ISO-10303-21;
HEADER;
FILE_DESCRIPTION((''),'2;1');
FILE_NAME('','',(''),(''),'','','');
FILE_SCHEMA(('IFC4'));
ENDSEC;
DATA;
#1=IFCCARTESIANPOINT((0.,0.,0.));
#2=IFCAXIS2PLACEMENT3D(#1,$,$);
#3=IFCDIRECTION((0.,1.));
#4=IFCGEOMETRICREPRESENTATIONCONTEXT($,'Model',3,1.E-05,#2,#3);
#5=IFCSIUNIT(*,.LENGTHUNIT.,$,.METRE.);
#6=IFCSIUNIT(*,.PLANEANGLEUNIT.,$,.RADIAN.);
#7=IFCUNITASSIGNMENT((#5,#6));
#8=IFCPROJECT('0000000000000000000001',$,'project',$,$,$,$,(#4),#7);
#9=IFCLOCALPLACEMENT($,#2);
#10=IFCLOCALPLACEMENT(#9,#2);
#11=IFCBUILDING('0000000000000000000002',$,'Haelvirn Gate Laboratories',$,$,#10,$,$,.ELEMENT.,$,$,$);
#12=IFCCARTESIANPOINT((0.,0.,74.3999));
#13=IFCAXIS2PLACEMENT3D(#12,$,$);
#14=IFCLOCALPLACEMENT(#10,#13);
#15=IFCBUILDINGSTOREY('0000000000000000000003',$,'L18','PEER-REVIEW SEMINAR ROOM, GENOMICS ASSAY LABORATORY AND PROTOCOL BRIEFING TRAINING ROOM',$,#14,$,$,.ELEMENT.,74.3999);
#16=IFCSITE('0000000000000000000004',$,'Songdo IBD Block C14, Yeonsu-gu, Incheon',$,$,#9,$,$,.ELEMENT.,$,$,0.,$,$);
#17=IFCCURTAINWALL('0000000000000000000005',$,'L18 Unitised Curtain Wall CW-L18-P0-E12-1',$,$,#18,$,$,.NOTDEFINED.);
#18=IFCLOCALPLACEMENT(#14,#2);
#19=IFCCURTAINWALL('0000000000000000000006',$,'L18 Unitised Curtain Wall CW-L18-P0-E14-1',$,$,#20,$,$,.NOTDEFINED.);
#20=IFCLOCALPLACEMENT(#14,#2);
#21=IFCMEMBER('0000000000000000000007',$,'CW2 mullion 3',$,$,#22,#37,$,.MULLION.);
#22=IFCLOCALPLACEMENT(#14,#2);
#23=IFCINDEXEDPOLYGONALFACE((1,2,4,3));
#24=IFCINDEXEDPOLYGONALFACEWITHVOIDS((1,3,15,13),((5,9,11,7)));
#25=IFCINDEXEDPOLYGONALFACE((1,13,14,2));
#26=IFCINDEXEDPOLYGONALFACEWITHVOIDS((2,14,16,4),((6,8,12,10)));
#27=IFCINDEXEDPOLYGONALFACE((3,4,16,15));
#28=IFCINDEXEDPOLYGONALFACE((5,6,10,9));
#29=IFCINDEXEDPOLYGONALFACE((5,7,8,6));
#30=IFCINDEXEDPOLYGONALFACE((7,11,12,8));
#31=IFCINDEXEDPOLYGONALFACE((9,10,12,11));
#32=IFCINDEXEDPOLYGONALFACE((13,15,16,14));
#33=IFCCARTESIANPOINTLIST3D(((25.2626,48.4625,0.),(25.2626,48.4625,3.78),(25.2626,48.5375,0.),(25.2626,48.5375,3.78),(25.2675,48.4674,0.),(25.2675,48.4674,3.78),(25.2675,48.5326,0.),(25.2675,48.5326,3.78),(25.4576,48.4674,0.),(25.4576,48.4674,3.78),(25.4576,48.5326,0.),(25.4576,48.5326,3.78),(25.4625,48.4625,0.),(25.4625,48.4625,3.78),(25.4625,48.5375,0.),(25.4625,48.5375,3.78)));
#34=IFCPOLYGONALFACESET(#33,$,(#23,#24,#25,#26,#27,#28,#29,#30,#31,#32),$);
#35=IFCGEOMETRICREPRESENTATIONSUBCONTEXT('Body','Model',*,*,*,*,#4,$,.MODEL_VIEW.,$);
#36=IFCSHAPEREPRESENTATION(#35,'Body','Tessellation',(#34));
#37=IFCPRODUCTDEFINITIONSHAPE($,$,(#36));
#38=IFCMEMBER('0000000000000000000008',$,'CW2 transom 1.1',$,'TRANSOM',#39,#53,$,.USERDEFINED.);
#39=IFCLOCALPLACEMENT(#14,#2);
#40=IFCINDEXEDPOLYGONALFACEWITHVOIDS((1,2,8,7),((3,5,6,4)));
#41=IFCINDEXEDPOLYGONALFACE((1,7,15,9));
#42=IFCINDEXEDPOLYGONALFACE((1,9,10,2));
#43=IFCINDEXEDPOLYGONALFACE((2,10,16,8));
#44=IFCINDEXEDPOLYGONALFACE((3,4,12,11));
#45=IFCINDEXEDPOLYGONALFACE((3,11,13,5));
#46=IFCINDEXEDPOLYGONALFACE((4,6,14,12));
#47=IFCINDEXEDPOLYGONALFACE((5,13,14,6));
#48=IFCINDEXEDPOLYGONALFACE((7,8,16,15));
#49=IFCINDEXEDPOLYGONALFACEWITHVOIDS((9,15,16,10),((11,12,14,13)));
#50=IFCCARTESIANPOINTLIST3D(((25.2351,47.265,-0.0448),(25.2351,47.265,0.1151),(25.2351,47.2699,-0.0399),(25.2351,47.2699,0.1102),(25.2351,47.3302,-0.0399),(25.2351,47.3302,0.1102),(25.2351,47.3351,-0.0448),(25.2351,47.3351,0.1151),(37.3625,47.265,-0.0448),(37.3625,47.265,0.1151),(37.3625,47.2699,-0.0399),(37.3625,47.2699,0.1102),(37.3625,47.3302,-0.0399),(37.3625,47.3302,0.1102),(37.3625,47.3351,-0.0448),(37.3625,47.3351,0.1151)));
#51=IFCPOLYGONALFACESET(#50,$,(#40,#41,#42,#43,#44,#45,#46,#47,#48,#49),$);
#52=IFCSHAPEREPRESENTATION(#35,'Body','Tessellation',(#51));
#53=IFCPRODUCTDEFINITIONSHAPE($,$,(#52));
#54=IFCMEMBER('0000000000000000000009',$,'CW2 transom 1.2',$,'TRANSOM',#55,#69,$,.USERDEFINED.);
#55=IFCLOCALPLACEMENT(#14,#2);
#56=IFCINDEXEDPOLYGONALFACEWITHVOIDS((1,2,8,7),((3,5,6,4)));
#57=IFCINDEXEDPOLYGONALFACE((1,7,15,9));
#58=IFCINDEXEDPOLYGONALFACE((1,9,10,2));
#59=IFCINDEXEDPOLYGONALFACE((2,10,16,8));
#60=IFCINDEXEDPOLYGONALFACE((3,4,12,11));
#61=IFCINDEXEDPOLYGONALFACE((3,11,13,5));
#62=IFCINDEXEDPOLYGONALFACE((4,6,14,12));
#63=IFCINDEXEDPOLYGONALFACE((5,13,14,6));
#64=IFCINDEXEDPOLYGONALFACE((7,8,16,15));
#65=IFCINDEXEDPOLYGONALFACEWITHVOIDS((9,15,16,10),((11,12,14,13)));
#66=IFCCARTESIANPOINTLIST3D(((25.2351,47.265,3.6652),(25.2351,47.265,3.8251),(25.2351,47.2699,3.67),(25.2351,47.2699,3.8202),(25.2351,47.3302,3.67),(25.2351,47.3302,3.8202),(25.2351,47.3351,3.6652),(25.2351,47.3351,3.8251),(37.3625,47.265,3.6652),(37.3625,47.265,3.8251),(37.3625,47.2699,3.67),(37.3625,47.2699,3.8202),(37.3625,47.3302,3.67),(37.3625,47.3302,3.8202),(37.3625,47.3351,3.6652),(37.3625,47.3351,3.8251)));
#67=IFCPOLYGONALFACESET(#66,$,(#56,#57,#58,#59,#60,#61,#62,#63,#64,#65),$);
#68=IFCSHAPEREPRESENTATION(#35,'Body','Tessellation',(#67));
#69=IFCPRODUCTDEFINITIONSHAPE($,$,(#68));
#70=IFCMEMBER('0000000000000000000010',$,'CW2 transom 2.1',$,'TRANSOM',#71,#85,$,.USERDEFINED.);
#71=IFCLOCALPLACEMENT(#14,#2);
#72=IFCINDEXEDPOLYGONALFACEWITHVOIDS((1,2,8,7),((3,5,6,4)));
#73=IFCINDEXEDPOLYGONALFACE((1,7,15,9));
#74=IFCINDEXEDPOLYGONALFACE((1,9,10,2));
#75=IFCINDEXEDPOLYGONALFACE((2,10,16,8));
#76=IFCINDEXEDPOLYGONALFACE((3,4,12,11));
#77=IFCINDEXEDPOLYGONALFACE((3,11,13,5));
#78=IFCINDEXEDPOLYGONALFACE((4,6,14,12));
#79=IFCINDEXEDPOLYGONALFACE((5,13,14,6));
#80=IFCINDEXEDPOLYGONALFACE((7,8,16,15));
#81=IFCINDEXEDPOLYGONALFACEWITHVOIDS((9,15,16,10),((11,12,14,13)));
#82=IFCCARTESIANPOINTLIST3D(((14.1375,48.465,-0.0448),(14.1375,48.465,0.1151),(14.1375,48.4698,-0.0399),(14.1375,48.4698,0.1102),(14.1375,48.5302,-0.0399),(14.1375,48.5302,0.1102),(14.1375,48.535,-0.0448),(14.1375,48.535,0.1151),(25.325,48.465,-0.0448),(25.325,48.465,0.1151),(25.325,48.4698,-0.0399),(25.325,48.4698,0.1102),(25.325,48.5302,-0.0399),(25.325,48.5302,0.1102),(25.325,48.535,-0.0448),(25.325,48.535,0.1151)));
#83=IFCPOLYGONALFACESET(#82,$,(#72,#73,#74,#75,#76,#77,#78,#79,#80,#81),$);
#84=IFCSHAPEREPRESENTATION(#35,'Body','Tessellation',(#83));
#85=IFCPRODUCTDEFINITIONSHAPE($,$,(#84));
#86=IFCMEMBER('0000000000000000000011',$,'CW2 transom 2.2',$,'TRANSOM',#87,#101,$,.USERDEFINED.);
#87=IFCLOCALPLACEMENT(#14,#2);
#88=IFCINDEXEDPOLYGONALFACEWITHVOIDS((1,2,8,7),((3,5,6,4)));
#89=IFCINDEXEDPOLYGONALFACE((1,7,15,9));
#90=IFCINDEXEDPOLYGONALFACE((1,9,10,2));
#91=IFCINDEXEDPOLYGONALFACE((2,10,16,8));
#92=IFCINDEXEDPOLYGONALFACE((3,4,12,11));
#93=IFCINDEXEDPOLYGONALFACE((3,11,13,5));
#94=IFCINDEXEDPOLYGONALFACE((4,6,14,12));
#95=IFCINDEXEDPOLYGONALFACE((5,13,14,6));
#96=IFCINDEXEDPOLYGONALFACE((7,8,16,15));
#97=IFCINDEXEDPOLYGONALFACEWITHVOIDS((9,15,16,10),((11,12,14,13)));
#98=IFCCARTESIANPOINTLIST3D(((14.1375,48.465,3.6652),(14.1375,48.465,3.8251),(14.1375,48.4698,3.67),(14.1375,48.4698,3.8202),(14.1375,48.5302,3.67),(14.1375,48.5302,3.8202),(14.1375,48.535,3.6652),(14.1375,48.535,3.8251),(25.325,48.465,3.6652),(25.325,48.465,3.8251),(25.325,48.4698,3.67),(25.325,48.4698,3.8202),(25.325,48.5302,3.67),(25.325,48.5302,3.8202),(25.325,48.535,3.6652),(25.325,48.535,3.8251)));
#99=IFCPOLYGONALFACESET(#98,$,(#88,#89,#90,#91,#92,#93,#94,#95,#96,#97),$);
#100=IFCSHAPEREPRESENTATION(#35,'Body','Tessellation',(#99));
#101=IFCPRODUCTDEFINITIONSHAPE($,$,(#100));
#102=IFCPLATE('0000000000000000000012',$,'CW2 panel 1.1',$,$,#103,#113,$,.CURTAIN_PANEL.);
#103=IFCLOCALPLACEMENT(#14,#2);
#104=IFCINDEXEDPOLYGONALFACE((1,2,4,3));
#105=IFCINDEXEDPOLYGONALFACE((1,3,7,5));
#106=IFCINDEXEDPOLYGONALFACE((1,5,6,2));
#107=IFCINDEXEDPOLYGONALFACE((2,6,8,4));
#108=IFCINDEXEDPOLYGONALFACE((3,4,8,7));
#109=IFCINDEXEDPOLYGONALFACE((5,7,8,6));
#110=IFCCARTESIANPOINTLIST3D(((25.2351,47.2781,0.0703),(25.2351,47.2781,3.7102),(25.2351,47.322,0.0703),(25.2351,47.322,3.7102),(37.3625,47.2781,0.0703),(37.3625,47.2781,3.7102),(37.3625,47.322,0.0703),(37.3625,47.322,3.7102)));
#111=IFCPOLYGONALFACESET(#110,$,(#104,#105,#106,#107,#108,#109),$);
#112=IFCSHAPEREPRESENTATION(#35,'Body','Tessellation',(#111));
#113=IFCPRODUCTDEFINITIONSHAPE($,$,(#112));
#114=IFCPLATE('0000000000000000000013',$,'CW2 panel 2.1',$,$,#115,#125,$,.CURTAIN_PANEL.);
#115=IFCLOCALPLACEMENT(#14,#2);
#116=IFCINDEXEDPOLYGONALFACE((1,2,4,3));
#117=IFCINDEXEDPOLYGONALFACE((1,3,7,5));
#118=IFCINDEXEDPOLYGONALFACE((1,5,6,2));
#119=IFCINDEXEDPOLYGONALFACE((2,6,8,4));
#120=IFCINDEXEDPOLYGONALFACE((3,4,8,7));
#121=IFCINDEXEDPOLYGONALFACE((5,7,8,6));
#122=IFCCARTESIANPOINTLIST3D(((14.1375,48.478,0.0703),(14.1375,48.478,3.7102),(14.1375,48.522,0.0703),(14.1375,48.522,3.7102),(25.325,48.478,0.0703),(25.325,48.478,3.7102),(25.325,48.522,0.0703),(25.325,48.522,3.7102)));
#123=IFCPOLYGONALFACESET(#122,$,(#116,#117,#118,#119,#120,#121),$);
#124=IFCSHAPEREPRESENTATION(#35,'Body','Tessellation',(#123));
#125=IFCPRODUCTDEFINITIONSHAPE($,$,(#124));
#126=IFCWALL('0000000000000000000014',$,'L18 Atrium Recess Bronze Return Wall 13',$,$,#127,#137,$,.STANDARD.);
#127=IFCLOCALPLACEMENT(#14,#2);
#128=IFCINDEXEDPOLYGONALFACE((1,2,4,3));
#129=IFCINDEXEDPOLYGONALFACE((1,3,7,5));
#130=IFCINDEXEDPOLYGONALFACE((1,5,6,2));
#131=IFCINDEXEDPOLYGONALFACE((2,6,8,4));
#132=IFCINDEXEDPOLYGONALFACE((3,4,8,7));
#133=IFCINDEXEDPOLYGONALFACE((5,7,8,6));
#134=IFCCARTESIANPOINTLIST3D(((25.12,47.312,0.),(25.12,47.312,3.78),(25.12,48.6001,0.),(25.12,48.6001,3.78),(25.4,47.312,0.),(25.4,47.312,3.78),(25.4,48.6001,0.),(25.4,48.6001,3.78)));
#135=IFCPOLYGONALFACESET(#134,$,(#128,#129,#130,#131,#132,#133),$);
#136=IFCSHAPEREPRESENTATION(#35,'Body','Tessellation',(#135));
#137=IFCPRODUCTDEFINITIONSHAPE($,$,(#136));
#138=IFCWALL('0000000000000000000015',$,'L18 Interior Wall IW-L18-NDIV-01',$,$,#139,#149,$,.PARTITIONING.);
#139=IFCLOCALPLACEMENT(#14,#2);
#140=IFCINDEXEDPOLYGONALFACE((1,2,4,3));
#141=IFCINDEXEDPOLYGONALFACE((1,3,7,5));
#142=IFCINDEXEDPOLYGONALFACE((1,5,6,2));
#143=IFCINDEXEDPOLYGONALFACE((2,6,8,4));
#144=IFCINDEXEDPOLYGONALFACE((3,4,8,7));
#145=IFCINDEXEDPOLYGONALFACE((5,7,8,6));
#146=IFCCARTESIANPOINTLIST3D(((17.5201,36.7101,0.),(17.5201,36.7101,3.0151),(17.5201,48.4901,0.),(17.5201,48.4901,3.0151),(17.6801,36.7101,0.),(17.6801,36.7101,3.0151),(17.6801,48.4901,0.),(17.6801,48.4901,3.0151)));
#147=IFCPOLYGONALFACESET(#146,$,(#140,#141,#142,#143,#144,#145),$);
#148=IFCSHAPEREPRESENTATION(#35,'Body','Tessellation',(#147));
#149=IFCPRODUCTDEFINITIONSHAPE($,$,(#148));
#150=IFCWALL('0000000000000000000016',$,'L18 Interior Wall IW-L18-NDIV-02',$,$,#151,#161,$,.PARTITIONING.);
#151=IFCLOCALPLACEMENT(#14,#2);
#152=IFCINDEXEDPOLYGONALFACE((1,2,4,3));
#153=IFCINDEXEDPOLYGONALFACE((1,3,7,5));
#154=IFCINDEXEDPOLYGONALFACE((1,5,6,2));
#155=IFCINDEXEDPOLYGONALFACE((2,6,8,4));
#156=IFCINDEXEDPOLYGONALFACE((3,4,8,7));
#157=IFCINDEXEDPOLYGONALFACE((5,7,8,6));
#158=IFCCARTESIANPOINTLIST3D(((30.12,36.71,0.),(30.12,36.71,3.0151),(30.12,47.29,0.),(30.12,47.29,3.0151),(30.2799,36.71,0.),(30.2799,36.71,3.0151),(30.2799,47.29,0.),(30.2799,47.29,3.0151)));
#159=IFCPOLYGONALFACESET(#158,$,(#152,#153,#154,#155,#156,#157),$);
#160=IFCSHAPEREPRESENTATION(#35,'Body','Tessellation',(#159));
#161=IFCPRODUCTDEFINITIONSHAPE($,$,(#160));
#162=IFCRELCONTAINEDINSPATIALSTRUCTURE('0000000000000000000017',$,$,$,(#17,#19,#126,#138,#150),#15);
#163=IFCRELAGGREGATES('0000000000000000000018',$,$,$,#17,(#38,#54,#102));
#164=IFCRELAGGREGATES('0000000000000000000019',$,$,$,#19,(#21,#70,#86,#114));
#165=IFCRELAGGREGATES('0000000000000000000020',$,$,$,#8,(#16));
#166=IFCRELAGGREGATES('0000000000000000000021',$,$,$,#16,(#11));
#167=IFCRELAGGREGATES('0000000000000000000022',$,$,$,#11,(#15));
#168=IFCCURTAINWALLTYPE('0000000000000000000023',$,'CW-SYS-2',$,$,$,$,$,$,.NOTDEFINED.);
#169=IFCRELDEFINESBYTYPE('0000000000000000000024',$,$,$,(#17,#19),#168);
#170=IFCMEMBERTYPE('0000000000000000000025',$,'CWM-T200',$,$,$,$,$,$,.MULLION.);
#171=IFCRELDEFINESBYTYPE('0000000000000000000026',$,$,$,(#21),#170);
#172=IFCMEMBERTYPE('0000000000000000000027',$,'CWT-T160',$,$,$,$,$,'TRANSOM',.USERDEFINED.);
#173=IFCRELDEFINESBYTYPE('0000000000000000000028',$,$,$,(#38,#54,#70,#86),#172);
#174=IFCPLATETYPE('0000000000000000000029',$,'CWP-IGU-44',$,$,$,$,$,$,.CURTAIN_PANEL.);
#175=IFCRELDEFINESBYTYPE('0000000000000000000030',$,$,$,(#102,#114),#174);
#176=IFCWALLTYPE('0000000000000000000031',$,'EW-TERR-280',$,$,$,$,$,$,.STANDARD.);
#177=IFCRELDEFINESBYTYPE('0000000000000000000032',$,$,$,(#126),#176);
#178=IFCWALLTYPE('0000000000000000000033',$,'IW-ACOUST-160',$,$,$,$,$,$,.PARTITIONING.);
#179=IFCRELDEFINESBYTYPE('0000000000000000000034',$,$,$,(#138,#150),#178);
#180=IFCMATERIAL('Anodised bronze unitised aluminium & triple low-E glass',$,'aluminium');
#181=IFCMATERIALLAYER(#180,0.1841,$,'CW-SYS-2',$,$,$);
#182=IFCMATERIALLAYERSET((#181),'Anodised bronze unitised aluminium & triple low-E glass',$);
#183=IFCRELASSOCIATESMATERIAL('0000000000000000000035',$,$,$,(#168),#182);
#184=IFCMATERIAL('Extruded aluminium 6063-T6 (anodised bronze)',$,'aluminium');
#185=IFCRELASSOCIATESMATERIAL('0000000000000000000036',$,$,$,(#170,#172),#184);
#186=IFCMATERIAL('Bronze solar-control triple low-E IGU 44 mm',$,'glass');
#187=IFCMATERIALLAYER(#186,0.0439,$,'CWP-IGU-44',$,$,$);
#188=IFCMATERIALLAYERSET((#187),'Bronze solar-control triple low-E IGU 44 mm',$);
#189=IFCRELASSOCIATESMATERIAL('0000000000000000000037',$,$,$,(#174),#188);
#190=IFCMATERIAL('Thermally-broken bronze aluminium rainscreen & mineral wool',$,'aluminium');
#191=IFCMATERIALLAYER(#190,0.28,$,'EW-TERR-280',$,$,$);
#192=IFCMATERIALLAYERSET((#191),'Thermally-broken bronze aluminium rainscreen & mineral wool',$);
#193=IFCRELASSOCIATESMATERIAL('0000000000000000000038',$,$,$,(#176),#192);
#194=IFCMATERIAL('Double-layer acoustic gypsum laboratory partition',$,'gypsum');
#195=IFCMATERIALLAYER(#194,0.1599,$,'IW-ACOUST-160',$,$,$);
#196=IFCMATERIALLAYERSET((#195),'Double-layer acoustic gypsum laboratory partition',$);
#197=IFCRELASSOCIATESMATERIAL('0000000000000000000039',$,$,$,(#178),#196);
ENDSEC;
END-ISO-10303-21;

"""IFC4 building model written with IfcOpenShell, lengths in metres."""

from ifc_helpers import new_model, si_unit, direction, frame, frame_2d, origin, origin_2d, place, context, subcontext, project, spatial, rectangle, hollow_rectangle, extrude, source, transform, mapped, material, layer, layer_set, material_profile, profile_set, type_object, type_shapes, element, aggregate, save


model = new_model("IFC4")

# Units and contexts
model_context = context("Model", 3, precision=1e-05, world=origin(), true_north=direction((0.0, 1.0)))
body_context = subcontext(model_context, "Body", "Model", "MODEL_VIEW")
ifc_project = project(units=[si_unit("LENGTHUNIT", "METRE"), si_unit("PLANEANGLEUNIT", "RADIAN")], contexts=[model_context])

# Site, building, storey
site_placement = place(None, origin())
site = spatial("IfcSite", under=ifc_project, at=site_placement, Name="Songdo IBD Block C14, Yeonsu-gu, Incheon", CompositionType="ELEMENT", RefElevation=0.0)
building_placement = place(site_placement, origin())
building = spatial("IfcBuilding", under=site, at=building_placement, Name="Haelvirn Gate Laboratories", CompositionType="ELEMENT")
storey_placement = place(building_placement, frame((0.0, 0.0, 74.3999)))
storey = spatial("IfcBuildingStorey", under=building, at=storey_placement, Name="L18", Description="PEER-REVIEW SEMINAR ROOM, GENOMICS ASSAY LABORATORY AND PROTOCOL BRIEFING TRAINING ROOM", CompositionType="ELEMENT", Elevation=74.3999)

# Curtain wall
ifc_material_1 = material(Name="Anodised bronze unitised aluminium & triple low-E glass", Category="aluminium")
ifc_layer_1 = layer(ifc_material_1, 0.1841, Name="CW-SYS-2")
ifc_layer_set_1 = layer_set([ifc_layer_1], Name="Anodised bronze unitised aluminium & triple low-E glass")
curtain_wall_type = type_object("IfcCurtainWallType", Name="CW-SYS-2", PredefinedType="NOTDEFINED", material=ifc_layer_set_1)
curtain_wall_1_placement = place(storey_placement, origin())
curtain_wall_1 = element("IfcCurtainWall", 1, at=curtain_wall_1_placement, inside=storey, type_object=curtain_wall_type, Name="L18 Unitised Curtain Wall CW-L18-P0-E12-1", PredefinedType="NOTDEFINED")
ifc_material_2 = material(Name="Extruded aluminium 6063-T6 (anodised bronze)", Category="aluminium")
ifc_material_profile_1 = material_profile(ifc_material_2, hollow_rectangle(XDim=0.075, YDim=0.2, WallThickness=0.0049, at=origin_2d()), Name="CWM-200x75x5")
ifc_profile_set_1 = profile_set([ifc_material_profile_1], Name="Extruded aluminium 6063-T6 (anodised bronze)")
member_type_1 = type_object("IfcMemberType", Name="CWM-T200", PredefinedType="MULLION", material=ifc_profile_set_1)
shared_shape_1 = source(origin(), body_context, "Body", "SweptSolid", [
    extrude(hollow_rectangle(XDim=0.075, YDim=0.2, WallThickness=0.0049, at=origin_2d()), origin(), (0.0, 0.0, 1.0), 3.78),
])
type_shapes(member_type_1, [shared_shape_1])

# Curtain wall, member
curtain_wall_2_placement = place(storey_placement, origin())
curtain_wall_2 = element("IfcCurtainWall", 2, at=curtain_wall_2_placement, inside=storey, type_object=curtain_wall_type, Name="L18 Unitised Curtain Wall CW-L18-P0-E14-1", PredefinedType="NOTDEFINED")
member_1_placement = place(storey_placement, frame((25.3625, 48.5, 0.0), z_axis=(0.0, 0.0, 1.0), x_axis=(0.0, 1.0, 0.0)))
member_1 = element("IfcMember", 3, at=member_1_placement, type_object=member_type_1, Name="CW2 mullion 3", PredefinedType="MULLION", context=body_context, shape_type="MappedRepresentation", body=[
    mapped(shared_shape_1, transform((0.0, 0.0, 0.0), scale=1.0)),
])

# Members
ifc_material_profile_2 = material_profile(ifc_material_2, hollow_rectangle(XDim=0.0701, YDim=0.1599, WallThickness=0.0049, at=origin_2d()), Name="CWT-160x70x5")
ifc_profile_set_2 = profile_set([ifc_material_profile_2], Name="Extruded aluminium 6063-T6 (anodised bronze)")
member_type_2 = type_object("IfcMemberType", Name="CWT-T160", ElementType="TRANSOM", PredefinedType="USERDEFINED", material=ifc_profile_set_2)
shared_shape_2 = source(origin(), body_context, "Body", "SweptSolid", [
    extrude(hollow_rectangle(XDim=0.0701, YDim=0.1599, WallThickness=0.0049, at=origin_2d()), origin(), (0.0, 0.0, 1.0), 12.1274),
])
member_2_placement = place(storey_placement, frame((25.2351, 47.3, 0.0352), z_axis=(1.0, 0.0, 0.0), x_axis=(0.0, 1.0, 0.0)))
member_2 = element("IfcMember", 4, at=member_2_placement, type_object=member_type_2, Name="CW2 transom 1.1", ObjectType="TRANSOM", PredefinedType="USERDEFINED", context=body_context, shape_type="MappedRepresentation", body=[
    mapped(shared_shape_2, transform((0.0, 0.0, 0.0), scale=1.0)),
])
member_3_placement = place(storey_placement, frame((25.2351, 47.3, 3.7451), z_axis=(1.0, 0.0, 0.0), x_axis=(0.0, 1.0, 0.0)))
member_3 = element("IfcMember", 5, at=member_3_placement, type_object=member_type_2, Name="CW2 transom 1.2", ObjectType="TRANSOM", PredefinedType="USERDEFINED", context=body_context, shape_type="MappedRepresentation", body=[
    mapped(shared_shape_2, transform((0.0, 0.0, 0.0), scale=1.0)),
])
shared_shape_3 = source(origin(), body_context, "Body", "SweptSolid", [
    extrude(hollow_rectangle(XDim=0.0701, YDim=0.1599, WallThickness=0.0049, at=origin_2d()), origin(), (0.0, 0.0, 1.0), 11.1875),
])
type_shapes(member_type_2, [shared_shape_2, shared_shape_3])
member_4_placement = place(storey_placement, frame((14.1375, 48.5, 0.0352), z_axis=(1.0, 0.0, 0.0), x_axis=(0.0, 1.0, 0.0)))
member_4 = element("IfcMember", 6, at=member_4_placement, type_object=member_type_2, Name="CW2 transom 2.1", ObjectType="TRANSOM", PredefinedType="USERDEFINED", context=body_context, shape_type="MappedRepresentation", body=[
    mapped(shared_shape_3, transform((0.0, 0.0, 0.0), scale=1.0)),
])
member_5_placement = place(storey_placement, frame((14.1375, 48.5, 3.7451), z_axis=(1.0, 0.0, 0.0), x_axis=(0.0, 1.0, 0.0)))
member_5 = element("IfcMember", 7, at=member_5_placement, type_object=member_type_2, Name="CW2 transom 2.2", ObjectType="TRANSOM", PredefinedType="USERDEFINED", context=body_context, shape_type="MappedRepresentation", body=[
    mapped(shared_shape_3, transform((0.0, 0.0, 0.0), scale=1.0)),
])

# Plates
ifc_material_3 = material(Name="Bronze solar-control triple low-E IGU 44 mm", Category="glass")
ifc_layer_2 = layer(ifc_material_3, 0.0439, Name="CWP-IGU-44")
ifc_layer_set_2 = layer_set([ifc_layer_2], Name="Bronze solar-control triple low-E IGU 44 mm")
plate_type = type_object("IfcPlateType", Name="CWP-IGU-44", PredefinedType="CURTAIN_PANEL", material=ifc_layer_set_2)
shared_shape_4 = source(origin(), body_context, "Body", "SweptSolid", [
    extrude(rectangle(XDim=12.1274, YDim=0.0439, at=origin_2d()), origin(), (0.0, 0.0, 1.0), 3.6399),
])
plate_1_placement = place(storey_placement, frame((31.2988, 47.3, 0.0703), z_axis=(0.0, 0.0, 1.0), x_axis=(1.0, 0.0, 0.0)))
plate_1 = element("IfcPlate", 8, at=plate_1_placement, type_object=plate_type, Name="CW2 panel 1.1", PredefinedType="CURTAIN_PANEL", context=body_context, shape_type="MappedRepresentation", body=[
    mapped(shared_shape_4, transform((0.0, 0.0, 0.0), scale=1.0)),
])
aggregate(curtain_wall_1, [member_2, member_3, plate_1])
shared_shape_5 = source(origin(), body_context, "Body", "SweptSolid", [
    extrude(rectangle(XDim=11.1875, YDim=0.0439, at=origin_2d()), origin(), (0.0, 0.0, 1.0), 3.6399),
])
type_shapes(plate_type, [shared_shape_4, shared_shape_5])
plate_2_placement = place(storey_placement, frame((19.7312, 48.5, 0.0703), z_axis=(0.0, 0.0, 1.0), x_axis=(1.0, 0.0, 0.0)))
plate_2 = element("IfcPlate", 9, at=plate_2_placement, type_object=plate_type, Name="CW2 panel 2.1", PredefinedType="CURTAIN_PANEL", context=body_context, shape_type="MappedRepresentation", body=[
    mapped(shared_shape_5, transform((0.0, 0.0, 0.0), scale=1.0)),
])
aggregate(curtain_wall_2, [member_1, member_4, member_5, plate_2])

# Walls
ifc_material_4 = material(Name="Thermally-broken bronze aluminium rainscreen & mineral wool", Category="aluminium")
ifc_layer_3 = layer(ifc_material_4, 0.28, Name="EW-TERR-280")
ifc_layer_set_3 = layer_set([ifc_layer_3], Name="Thermally-broken bronze aluminium rainscreen & mineral wool")
wall_type_1 = type_object("IfcWallType", Name="EW-TERR-280", PredefinedType="STANDARD", material=ifc_layer_set_3)
wall_1_placement = place(storey_placement, frame((25.26, 47.312, 0.0), z_axis=(0.0, 0.0, 1.0), x_axis=(0.0, 1.0, 0.0)))
element("IfcWall", 10, at=wall_1_placement, inside=storey, type_object=wall_type_1, Name="L18 Atrium Recess Bronze Return Wall 13", PredefinedType="STANDARD", context=body_context, shape_type="SweptSolid", body=[
    extrude(rectangle(XDim=1.2881, YDim=0.28, at=frame_2d((0.644, 0.0))), origin(), (0.0, 0.0, 1.0), 3.78),
])
ifc_material_5 = material(Name="Double-layer acoustic gypsum laboratory partition", Category="gypsum")
ifc_layer_4 = layer(ifc_material_5, 0.1599, Name="IW-ACOUST-160")
ifc_layer_set_4 = layer_set([ifc_layer_4], Name="Double-layer acoustic gypsum laboratory partition")
wall_type_2 = type_object("IfcWallType", Name="IW-ACOUST-160", PredefinedType="PARTITIONING", material=ifc_layer_set_4)
wall_2_placement = place(storey_placement, frame((17.6001, 36.71, 0.0), z_axis=(0.0, 0.0, 1.0), x_axis=(0.0, 1.0, 0.0)))
element("IfcWall", 11, at=wall_2_placement, inside=storey, type_object=wall_type_2, Name="L18 Interior Wall IW-L18-NDIV-01", PredefinedType="PARTITIONING", context=body_context, shape_type="SweptSolid", body=[
    extrude(rectangle(XDim=11.78, YDim=0.1599, at=frame_2d((5.8901, 0.0))), origin(), (0.0, 0.0, 1.0), 3.0151),
])
wall_3_placement = place(storey_placement, frame((30.2, 36.71, 0.0), z_axis=(0.0, 0.0, 1.0), x_axis=(0.0, 1.0, 0.0)))
element("IfcWall", 12, at=wall_3_placement, inside=storey, type_object=wall_type_2, Name="L18 Interior Wall IW-L18-NDIV-02", PredefinedType="PARTITIONING", context=body_context, shape_type="SweptSolid", body=[
    extrude(rectangle(XDim=10.5801, YDim=0.1599, at=frame_2d((5.29, 0.0))), origin(), (0.0, 0.0, 1.0), 3.0151),
])

save(model, "model.ifc")
